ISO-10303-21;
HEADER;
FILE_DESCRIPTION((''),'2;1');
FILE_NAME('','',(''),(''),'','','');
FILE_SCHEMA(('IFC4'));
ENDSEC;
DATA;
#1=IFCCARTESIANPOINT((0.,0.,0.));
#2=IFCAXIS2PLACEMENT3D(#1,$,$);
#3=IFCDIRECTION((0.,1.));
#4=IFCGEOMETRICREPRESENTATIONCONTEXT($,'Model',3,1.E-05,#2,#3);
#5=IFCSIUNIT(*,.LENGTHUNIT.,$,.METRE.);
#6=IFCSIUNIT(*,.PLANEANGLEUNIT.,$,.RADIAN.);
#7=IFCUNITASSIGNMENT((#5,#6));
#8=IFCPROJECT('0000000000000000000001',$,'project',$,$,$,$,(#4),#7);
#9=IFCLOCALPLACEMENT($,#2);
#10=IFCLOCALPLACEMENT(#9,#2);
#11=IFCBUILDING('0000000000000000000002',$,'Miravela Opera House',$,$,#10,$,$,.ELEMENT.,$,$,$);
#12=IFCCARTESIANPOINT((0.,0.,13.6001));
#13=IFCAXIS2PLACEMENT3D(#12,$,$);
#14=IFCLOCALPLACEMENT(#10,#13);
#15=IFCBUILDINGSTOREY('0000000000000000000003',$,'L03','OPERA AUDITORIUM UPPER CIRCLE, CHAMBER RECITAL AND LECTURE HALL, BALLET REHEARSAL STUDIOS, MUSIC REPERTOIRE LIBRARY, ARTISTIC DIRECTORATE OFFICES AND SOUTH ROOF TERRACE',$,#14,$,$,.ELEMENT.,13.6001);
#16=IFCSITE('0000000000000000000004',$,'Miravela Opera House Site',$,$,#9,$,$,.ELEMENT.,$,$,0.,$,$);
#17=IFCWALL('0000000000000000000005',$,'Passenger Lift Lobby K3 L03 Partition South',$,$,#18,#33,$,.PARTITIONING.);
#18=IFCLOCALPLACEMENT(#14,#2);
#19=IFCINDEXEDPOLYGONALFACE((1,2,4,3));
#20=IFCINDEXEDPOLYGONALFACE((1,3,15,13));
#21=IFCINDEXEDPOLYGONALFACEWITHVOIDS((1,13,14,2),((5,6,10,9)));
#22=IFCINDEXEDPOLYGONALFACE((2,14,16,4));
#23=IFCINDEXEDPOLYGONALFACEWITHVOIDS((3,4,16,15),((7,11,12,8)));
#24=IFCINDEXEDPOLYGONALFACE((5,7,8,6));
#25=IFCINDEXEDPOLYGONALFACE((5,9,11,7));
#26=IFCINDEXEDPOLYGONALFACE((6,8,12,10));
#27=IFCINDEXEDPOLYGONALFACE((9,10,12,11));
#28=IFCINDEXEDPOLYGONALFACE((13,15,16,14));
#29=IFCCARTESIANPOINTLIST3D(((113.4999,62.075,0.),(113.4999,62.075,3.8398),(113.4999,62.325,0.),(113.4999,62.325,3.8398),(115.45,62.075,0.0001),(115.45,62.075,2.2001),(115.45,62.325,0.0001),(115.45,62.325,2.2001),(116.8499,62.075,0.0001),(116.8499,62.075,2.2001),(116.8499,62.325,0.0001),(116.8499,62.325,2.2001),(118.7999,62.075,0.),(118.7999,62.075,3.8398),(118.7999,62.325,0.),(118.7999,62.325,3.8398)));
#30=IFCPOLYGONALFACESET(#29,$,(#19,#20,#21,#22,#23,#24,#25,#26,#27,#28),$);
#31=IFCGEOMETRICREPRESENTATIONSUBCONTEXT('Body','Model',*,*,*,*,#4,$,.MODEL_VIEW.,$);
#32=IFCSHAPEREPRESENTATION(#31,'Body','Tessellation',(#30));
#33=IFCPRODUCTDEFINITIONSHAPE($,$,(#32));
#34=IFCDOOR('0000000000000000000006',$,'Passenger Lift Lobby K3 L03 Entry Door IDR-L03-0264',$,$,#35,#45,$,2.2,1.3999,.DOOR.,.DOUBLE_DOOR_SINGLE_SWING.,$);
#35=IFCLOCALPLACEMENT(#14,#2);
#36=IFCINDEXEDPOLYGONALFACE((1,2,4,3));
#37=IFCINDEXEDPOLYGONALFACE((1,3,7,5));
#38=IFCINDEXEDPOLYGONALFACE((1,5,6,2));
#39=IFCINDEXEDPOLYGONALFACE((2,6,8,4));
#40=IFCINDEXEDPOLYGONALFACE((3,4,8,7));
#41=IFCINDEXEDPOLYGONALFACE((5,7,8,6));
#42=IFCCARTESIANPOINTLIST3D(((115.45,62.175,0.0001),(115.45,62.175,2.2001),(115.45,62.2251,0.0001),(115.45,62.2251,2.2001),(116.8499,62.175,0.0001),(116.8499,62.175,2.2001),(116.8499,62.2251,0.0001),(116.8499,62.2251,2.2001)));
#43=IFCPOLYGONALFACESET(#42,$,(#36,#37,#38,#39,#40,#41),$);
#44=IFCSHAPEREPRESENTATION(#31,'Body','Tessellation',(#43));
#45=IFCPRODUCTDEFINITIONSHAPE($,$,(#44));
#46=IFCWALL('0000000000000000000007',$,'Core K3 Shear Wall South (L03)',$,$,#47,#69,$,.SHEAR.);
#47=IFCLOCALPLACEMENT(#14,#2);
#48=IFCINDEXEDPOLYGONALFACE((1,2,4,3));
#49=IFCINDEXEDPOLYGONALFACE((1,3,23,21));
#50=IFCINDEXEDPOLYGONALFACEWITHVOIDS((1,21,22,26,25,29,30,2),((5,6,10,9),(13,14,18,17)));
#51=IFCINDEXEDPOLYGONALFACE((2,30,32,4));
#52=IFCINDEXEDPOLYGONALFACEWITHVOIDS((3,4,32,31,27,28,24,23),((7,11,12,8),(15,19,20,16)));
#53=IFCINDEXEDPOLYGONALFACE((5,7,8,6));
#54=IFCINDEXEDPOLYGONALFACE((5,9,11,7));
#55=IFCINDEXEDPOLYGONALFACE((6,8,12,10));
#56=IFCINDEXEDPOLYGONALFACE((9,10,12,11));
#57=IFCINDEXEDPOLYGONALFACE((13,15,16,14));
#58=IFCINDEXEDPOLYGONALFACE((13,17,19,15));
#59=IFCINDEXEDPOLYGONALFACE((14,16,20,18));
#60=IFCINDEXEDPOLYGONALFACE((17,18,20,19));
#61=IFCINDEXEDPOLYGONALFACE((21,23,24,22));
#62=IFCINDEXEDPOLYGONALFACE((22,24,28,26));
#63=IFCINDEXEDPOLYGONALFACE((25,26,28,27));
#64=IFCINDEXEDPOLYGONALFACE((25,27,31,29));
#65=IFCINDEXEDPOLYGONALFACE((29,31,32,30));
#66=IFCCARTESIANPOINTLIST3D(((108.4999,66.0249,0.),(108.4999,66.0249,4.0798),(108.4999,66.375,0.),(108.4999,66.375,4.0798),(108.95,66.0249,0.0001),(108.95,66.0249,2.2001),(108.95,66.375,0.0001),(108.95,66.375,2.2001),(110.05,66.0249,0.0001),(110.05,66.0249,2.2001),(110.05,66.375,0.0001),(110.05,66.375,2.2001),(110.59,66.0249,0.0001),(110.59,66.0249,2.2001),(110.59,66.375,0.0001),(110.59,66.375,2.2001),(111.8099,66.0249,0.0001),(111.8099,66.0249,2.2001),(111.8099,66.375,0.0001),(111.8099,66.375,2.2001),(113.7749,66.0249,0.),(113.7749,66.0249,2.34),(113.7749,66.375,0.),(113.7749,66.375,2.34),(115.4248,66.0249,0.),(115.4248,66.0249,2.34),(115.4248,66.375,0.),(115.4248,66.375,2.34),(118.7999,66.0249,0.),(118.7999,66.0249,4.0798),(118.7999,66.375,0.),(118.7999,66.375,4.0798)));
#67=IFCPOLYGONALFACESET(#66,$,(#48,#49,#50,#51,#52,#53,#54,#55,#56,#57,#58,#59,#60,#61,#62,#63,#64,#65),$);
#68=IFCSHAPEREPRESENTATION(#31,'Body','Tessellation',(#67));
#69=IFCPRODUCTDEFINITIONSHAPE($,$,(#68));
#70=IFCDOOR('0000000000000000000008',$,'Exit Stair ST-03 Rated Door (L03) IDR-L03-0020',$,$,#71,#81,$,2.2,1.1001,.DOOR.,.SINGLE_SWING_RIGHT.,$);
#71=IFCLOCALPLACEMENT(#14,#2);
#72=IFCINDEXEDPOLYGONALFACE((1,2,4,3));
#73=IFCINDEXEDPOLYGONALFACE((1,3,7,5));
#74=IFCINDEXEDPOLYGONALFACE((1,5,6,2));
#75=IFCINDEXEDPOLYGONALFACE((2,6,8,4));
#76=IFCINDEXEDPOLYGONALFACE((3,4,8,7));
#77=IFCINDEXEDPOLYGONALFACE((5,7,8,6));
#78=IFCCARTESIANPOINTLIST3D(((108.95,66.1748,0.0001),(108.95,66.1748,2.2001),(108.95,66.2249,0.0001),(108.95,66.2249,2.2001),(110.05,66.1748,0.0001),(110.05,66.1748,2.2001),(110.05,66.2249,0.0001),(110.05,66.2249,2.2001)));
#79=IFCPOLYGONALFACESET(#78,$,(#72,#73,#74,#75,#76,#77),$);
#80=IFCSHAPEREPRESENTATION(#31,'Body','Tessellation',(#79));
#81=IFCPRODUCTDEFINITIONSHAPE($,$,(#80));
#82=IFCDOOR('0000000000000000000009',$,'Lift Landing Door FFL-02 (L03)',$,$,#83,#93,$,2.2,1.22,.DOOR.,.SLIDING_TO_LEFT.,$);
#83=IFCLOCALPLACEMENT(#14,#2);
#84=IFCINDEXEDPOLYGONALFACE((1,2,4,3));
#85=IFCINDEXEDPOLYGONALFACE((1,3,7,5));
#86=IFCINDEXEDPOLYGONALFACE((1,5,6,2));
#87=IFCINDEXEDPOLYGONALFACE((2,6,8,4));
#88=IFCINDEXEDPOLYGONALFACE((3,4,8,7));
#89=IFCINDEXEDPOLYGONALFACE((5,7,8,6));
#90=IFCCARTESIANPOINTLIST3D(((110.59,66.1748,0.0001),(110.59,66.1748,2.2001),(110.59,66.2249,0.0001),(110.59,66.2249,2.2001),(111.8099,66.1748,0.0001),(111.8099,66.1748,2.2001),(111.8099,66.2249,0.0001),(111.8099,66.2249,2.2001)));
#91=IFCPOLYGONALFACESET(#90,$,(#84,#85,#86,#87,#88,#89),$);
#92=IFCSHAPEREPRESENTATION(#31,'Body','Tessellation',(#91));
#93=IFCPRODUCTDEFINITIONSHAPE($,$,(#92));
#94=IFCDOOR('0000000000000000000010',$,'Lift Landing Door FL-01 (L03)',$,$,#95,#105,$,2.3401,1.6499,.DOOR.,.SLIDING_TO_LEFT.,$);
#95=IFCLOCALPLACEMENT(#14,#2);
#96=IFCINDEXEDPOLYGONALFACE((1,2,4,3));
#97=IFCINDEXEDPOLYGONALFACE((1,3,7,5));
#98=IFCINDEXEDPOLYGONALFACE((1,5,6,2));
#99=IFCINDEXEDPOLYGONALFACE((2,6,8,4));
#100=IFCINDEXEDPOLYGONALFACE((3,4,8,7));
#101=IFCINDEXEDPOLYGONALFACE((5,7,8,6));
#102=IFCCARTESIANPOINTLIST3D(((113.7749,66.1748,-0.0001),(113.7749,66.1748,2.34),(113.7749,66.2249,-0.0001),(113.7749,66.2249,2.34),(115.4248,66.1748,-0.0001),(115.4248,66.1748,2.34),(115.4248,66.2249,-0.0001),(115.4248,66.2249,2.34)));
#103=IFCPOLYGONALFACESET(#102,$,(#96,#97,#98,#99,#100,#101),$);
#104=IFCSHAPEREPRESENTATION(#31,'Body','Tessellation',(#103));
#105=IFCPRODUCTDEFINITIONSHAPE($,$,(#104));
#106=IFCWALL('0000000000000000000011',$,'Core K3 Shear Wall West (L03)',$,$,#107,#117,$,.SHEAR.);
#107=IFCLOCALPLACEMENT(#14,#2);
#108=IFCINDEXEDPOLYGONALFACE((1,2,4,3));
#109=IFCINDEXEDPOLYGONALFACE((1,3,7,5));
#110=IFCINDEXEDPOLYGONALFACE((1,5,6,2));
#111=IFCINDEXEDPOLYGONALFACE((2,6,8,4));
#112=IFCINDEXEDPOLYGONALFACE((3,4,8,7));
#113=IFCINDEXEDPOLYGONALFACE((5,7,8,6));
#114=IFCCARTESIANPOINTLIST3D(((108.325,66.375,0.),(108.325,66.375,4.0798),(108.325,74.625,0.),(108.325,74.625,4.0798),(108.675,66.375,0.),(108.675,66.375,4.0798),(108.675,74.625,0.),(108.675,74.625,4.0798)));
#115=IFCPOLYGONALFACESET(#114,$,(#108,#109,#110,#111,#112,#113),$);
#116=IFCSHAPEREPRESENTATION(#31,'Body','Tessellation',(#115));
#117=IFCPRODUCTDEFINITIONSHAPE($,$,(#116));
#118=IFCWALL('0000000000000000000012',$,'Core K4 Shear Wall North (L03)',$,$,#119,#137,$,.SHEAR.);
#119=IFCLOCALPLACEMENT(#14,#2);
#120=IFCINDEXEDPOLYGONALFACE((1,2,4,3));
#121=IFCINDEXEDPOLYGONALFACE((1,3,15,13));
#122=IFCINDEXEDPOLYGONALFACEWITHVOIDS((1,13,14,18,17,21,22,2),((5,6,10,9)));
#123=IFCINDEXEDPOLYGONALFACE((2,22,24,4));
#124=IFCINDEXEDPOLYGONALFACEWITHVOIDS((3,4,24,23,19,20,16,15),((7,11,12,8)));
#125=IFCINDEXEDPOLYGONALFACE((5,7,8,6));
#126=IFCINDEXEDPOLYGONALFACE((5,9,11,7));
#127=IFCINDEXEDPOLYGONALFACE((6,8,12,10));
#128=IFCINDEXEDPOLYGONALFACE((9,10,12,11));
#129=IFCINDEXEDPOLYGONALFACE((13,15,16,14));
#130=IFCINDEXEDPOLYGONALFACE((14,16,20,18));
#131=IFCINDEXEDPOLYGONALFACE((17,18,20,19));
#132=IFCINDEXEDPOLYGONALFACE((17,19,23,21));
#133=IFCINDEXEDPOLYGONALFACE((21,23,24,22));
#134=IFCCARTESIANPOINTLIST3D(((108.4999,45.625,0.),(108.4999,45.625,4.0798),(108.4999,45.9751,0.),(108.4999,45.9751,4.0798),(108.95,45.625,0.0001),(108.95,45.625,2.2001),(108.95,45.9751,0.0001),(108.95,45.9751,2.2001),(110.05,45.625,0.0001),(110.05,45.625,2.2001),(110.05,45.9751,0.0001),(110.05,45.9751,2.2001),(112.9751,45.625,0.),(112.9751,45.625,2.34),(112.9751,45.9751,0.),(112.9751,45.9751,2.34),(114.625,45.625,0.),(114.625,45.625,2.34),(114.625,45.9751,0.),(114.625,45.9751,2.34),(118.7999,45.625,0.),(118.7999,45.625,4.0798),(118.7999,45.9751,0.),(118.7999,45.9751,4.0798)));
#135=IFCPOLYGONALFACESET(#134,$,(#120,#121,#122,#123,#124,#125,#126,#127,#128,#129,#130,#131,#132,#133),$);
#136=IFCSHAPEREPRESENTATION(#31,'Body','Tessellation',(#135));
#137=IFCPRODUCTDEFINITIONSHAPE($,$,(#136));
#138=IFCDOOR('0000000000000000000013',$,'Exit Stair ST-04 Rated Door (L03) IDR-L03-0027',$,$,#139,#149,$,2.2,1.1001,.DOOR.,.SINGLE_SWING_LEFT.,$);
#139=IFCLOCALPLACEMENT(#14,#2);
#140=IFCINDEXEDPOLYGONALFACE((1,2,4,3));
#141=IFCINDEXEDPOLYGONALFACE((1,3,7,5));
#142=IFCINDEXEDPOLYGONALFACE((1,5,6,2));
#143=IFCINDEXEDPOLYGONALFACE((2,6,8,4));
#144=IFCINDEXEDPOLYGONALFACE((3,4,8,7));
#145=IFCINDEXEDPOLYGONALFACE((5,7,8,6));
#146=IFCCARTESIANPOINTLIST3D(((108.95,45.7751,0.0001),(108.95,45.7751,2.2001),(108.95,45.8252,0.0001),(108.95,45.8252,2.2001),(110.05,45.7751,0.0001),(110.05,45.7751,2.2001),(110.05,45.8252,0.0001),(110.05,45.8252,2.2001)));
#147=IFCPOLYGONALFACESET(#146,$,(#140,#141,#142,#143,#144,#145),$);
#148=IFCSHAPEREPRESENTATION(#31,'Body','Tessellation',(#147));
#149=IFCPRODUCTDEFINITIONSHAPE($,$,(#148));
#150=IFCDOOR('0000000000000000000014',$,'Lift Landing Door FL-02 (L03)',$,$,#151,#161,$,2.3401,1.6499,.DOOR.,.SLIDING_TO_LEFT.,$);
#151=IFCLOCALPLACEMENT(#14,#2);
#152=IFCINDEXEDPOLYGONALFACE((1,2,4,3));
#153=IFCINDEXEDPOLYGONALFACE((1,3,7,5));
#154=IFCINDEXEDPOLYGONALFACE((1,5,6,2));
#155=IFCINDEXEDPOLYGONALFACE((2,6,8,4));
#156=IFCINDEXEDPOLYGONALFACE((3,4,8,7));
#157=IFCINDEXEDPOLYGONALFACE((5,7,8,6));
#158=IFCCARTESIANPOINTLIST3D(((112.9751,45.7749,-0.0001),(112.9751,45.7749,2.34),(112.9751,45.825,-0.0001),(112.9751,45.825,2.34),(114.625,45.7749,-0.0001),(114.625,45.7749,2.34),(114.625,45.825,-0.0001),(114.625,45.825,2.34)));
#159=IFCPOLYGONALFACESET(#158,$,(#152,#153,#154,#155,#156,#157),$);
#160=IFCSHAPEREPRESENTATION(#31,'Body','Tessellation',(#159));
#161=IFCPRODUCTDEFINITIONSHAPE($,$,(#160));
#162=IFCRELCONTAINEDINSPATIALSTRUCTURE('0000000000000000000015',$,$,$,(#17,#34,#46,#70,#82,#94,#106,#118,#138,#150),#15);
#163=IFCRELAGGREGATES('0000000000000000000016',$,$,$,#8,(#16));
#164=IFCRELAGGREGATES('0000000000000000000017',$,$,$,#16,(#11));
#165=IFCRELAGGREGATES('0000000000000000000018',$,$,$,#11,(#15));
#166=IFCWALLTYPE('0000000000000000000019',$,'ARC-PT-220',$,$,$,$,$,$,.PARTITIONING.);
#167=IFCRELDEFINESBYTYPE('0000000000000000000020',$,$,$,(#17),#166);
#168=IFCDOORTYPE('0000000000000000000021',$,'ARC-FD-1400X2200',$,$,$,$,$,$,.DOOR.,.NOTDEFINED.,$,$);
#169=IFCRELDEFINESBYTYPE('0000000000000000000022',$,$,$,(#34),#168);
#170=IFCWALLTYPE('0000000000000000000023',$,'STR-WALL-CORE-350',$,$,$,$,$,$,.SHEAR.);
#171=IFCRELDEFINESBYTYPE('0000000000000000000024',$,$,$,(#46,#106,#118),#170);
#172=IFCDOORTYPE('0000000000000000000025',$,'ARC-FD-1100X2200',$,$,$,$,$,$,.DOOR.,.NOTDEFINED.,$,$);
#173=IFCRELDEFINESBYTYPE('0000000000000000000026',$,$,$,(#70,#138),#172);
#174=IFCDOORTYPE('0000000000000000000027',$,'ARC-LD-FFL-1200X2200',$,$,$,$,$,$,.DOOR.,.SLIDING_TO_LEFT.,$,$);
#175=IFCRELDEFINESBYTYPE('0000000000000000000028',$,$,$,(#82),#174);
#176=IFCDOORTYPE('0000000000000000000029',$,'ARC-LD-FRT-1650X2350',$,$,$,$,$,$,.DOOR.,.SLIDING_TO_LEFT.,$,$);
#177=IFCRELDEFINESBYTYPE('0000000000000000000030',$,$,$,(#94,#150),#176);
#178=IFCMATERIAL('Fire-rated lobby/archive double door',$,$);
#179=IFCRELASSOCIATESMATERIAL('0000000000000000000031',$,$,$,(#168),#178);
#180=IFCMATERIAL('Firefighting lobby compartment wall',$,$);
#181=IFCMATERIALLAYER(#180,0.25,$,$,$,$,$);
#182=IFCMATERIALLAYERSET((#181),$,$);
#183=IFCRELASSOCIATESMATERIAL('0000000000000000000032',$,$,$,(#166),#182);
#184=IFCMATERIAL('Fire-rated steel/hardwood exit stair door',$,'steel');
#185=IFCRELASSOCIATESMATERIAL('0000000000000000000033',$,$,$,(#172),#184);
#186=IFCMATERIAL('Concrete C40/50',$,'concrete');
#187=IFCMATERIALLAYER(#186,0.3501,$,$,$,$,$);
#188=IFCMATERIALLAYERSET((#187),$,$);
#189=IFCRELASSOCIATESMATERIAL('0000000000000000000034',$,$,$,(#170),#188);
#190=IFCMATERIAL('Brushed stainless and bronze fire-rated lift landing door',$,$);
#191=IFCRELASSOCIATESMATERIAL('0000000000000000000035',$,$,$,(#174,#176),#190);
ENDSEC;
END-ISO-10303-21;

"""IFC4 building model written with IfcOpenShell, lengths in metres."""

from ifc_helpers import new_model, si_unit, direction, frame, frame_2d, origin, place, context, subcontext, project, spatial, rectangle, extrude, material, layer, layer_set, type_object, element, fill, save


model = new_model("IFC4")

# Units and contexts
model_context = context("Model", 3, precision=1e-05, world=origin(), true_north=direction((0.0, 1.0)))
body_context = subcontext(model_context, "Body", "Model", "MODEL_VIEW")
ifc_project = project(units=[si_unit("LENGTHUNIT", "METRE"), si_unit("PLANEANGLEUNIT", "RADIAN")], contexts=[model_context])

# Site, building, storey
site_placement = place(None, origin())
site = spatial("IfcSite", under=ifc_project, at=site_placement, Name="Miravela Opera House Site", CompositionType="ELEMENT", RefElevation=0.0)
building_placement = place(site_placement, origin())
building = spatial("IfcBuilding", under=site, at=building_placement, Name="Miravela Opera House", CompositionType="ELEMENT")
storey_placement = place(building_placement, frame((0.0, 0.0, 13.6001)))
storey = spatial("IfcBuildingStorey", under=building, at=storey_placement, Name="L03", Description="OPERA AUDITORIUM UPPER CIRCLE, CHAMBER RECITAL AND LECTURE HALL, BALLET REHEARSAL STUDIOS, MUSIC REPERTOIRE LIBRARY, ARTISTIC DIRECTORATE OFFICES AND SOUTH ROOF TERRACE", CompositionType="ELEMENT", Elevation=13.6001)

# Shared definitions
ifc_material_1 = material(Name="Concrete C40/50", Category="concrete")

# Shared definitions
ifc_material_2 = material(Name="Fire-rated lobby/archive double door")
door_type_1 = type_object("IfcDoorType", Name="ARC-FD-1400X2200", OperationType="NOTDEFINED", PredefinedType="DOOR", material=ifc_material_2)

# Shared definitions
ifc_material_3 = material(Name="Firefighting lobby compartment wall")
ifc_layer_1 = layer(ifc_material_3, 0.25)
ifc_layer_set_1 = layer_set([ifc_layer_1])
wall_type_1 = type_object("IfcWallType", Name="ARC-PT-220", PredefinedType="PARTITIONING", material=ifc_layer_set_1)
ifc_material_4 = material(Name="Fire-rated steel/hardwood exit stair door", Category="steel")
door_type_2 = type_object("IfcDoorType", Name="ARC-FD-1100X2200", OperationType="NOTDEFINED", PredefinedType="DOOR", material=ifc_material_4)

# Wall, opening, door
wall_1_placement = place(storey_placement, frame((113.5, 62.2, 0.0), z_axis=(0.0, 0.0, 1.0), x_axis=(1.0, 0.0, 0.0)))
wall_1 = element("IfcWall", 1, at=wall_1_placement, inside=storey, type_object=wall_type_1, Name="Passenger Lift Lobby K3 L03 Partition South", PredefinedType="PARTITIONING", context=body_context, shape_type="SweptSolid", body=[
    extrude(rectangle(XDim=5.3, YDim=0.25, at=frame_2d((2.6499, 0.0))), origin(), (0.0, 0.0, 1.0), 3.8398),
])
opening_1_placement = place(wall_1_placement, frame((1.95, 0.0, 0.0)))
opening_1 = element("IfcOpeningElement", 2, at=opening_1_placement, cuts=wall_1, PredefinedType="OPENING", context=body_context, shape_type="SweptSolid", body=[
    extrude(rectangle(XDim=1.3999, YDim=2.2, at=frame_2d((0.7, 1.1001))), frame((0.0, 0.135, 0.0), z_axis=(0.0, -1.0, 0.0), x_axis=(1.0, 0.0, 0.0)), (0.0, 0.0, 1.0), 0.27),
])
door_1_placement = place(opening_1_placement, frame((1.3999, 0.0, 0.0), z_axis=(0.0, 0.0, 1.0), x_axis=(-1.0, 0.0, 0.0)))
door_1 = element("IfcDoor", 3, at=door_1_placement, inside=storey, type_object=door_type_1, Name="Passenger Lift Lobby K3 L03 Entry Door IDR-L03-0264", OperationType="DOUBLE_DOOR_SINGLE_SWING", OverallHeight=2.2, OverallWidth=1.3999, PredefinedType="DOOR", context=body_context, shape_type="SweptSolid", body=[
    extrude(rectangle(XDim=1.3999, YDim=2.2, at=frame_2d((0.7, 1.1001))), frame((0.0, 0.0249, 0.0), z_axis=(0.0, -1.0, 0.0), x_axis=(1.0, 0.0, 0.0)), (0.0, 0.0, 1.0), 0.05),
])
fill(opening_1, door_1)

# Wall, openings, doors
ifc_layer_2 = layer(ifc_material_1, 0.3501)
ifc_layer_set_2 = layer_set([ifc_layer_2])
wall_type_2 = type_object("IfcWallType", Name="STR-WALL-CORE-350", PredefinedType="SHEAR", material=ifc_layer_set_2)
wall_2_placement = place(storey_placement, frame((108.5, 66.2, 0.0), z_axis=(0.0, 0.0, 1.0), x_axis=(1.0, 0.0, 0.0)))
wall_2 = element("IfcWall", 4, at=wall_2_placement, inside=storey, type_object=wall_type_2, Name="Core K3 Shear Wall South (L03)", PredefinedType="SHEAR", context=body_context, shape_type="SweptSolid", body=[
    extrude(rectangle(XDim=10.3, YDim=0.3501, at=frame_2d((5.1499, 0.0))), origin(), (0.0, 0.0, 1.0), 4.0798),
])
opening_2_placement = place(wall_2_placement, frame((0.45, 0.0, 0.0)))
opening_2 = element("IfcOpeningElement", 5, at=opening_2_placement, cuts=wall_2, PredefinedType="OPENING", context=body_context, shape_type="SweptSolid", body=[
    extrude(rectangle(XDim=1.1001, YDim=2.2, at=frame_2d((0.55, 1.1001))), frame((0.0, 0.1851, 0.0), z_axis=(0.0, -1.0, 0.0), x_axis=(1.0, 0.0, 0.0)), (0.0, 0.0, 1.0), 0.3701),
])
opening_3_placement = place(wall_2_placement, frame((2.0901, 0.0, 0.0)))
opening_3 = element("IfcOpeningElement", 6, at=opening_3_placement, cuts=wall_2, PredefinedType="OPENING", context=body_context, shape_type="SweptSolid", body=[
    extrude(rectangle(XDim=1.22, YDim=2.2, at=frame_2d((0.6099, 1.1001))), frame((0.0, 0.1851, 0.0), z_axis=(0.0, -1.0, 0.0), x_axis=(1.0, 0.0, 0.0)), (0.0, 0.0, 1.0), 0.3701),
])
opening_4_placement = place(wall_2_placement, frame((5.2749, 0.0, 0.0)))
opening_4 = element("IfcOpeningElement", 7, at=opening_4_placement, cuts=wall_2, PredefinedType="OPENING", context=body_context, shape_type="SweptSolid", body=[
    extrude(rectangle(XDim=1.6499, YDim=2.3401, at=frame_2d((0.825, 1.1699))), frame((0.0, 0.1851, 0.0), z_axis=(0.0, -1.0, 0.0), x_axis=(1.0, 0.0, 0.0)), (0.0, 0.0, 1.0), 0.3701),
])
door_2_placement = place(opening_2_placement, origin())
door_2 = element("IfcDoor", 8, at=door_2_placement, inside=storey, type_object=door_type_2, Name="Exit Stair ST-03 Rated Door (L03) IDR-L03-0020", OperationType="SINGLE_SWING_RIGHT", OverallHeight=2.2, OverallWidth=1.1001, PredefinedType="DOOR", context=body_context, shape_type="SweptSolid", body=[
    extrude(rectangle(XDim=1.1001, YDim=2.2, at=frame_2d((0.55, 1.1001))), frame((0.0, 0.0249, 0.0), z_axis=(0.0, -1.0, 0.0), x_axis=(1.0, 0.0, 0.0)), (0.0, 0.0, 1.0), 0.05),
])
fill(opening_2, door_2)
ifc_material_5 = material(Name="Brushed stainless and bronze fire-rated lift landing door")
door_type_3 = type_object("IfcDoorType", Name="ARC-LD-FFL-1200X2200", OperationType="SLIDING_TO_LEFT", PredefinedType="DOOR", material=ifc_material_5)
door_3_placement = place(opening_3_placement, origin())
door_3 = element("IfcDoor", 9, at=door_3_placement, inside=storey, type_object=door_type_3, Name="Lift Landing Door FFL-02 (L03)", OperationType="SLIDING_TO_LEFT", OverallHeight=2.2, OverallWidth=1.22, PredefinedType="DOOR", context=body_context, shape_type="SweptSolid", body=[
    extrude(rectangle(XDim=1.22, YDim=2.2, at=frame_2d((0.6099, 1.1001))), frame((0.0, 0.0249, 0.0), z_axis=(0.0, -1.0, 0.0), x_axis=(1.0, 0.0, 0.0)), (0.0, 0.0, 1.0), 0.05),
])
fill(opening_3, door_3)
door_type_4 = type_object("IfcDoorType", Name="ARC-LD-FRT-1650X2350", OperationType="SLIDING_TO_LEFT", PredefinedType="DOOR", material=ifc_material_5)
door_4_placement = place(opening_4_placement, origin())
door_4 = element("IfcDoor", 10, at=door_4_placement, inside=storey, type_object=door_type_4, Name="Lift Landing Door FL-01 (L03)", OperationType="SLIDING_TO_LEFT", OverallHeight=2.3401, OverallWidth=1.6499, PredefinedType="DOOR", context=body_context, shape_type="SweptSolid", body=[
    extrude(rectangle(XDim=1.6499, YDim=2.3401, at=frame_2d((0.825, 1.1699))), frame((0.0, 0.0249, 0.0), z_axis=(0.0, -1.0, 0.0), x_axis=(1.0, 0.0, 0.0)), (0.0, 0.0, 1.0), 0.05),
])
fill(opening_4, door_4)

# Wall
wall_3_placement = place(storey_placement, frame((108.5, 66.375, 0.0), z_axis=(0.0, 0.0, 1.0), x_axis=(0.0, 1.0, 0.0)))
element("IfcWall", 11, at=wall_3_placement, inside=storey, type_object=wall_type_2, Name="Core K3 Shear Wall West (L03)", PredefinedType="SHEAR", context=body_context, shape_type="SweptSolid", body=[
    extrude(rectangle(XDim=8.25, YDim=0.3501, at=frame_2d((4.125, 0.0))), origin(), (0.0, 0.0, 1.0), 4.0798),
])

# Wall, openings, doors
wall_4_placement = place(storey_placement, frame((108.5, 45.8, 0.0), z_axis=(0.0, 0.0, 1.0), x_axis=(1.0, 0.0, 0.0)))
wall_4 = element("IfcWall", 12, at=wall_4_placement, inside=storey, type_object=wall_type_2, Name="Core K4 Shear Wall North (L03)", PredefinedType="SHEAR", context=body_context, shape_type="SweptSolid", body=[
    extrude(rectangle(XDim=10.3, YDim=0.3501, at=frame_2d((5.1499, 0.0))), origin(), (0.0, 0.0, 1.0), 4.0798),
])
opening_5_placement = place(wall_4_placement, frame((0.45, 0.0, 0.0)))
opening_5 = element("IfcOpeningElement", 13, at=opening_5_placement, cuts=wall_4, PredefinedType="OPENING", context=body_context, shape_type="SweptSolid", body=[
    extrude(rectangle(XDim=1.1001, YDim=2.2, at=frame_2d((0.55, 1.1001))), frame((0.0, 0.1851, 0.0), z_axis=(0.0, -1.0, 0.0), x_axis=(1.0, 0.0, 0.0)), (0.0, 0.0, 1.0), 0.3701),
])
opening_6_placement = place(wall_4_placement, frame((4.4751, 0.0, 0.0)))
opening_6 = element("IfcOpeningElement", 14, at=opening_6_placement, cuts=wall_4, PredefinedType="OPENING", context=body_context, shape_type="SweptSolid", body=[
    extrude(rectangle(XDim=1.6499, YDim=2.3401, at=frame_2d((0.825, 1.1699))), frame((0.0, 0.1851, 0.0), z_axis=(0.0, -1.0, 0.0), x_axis=(1.0, 0.0, 0.0)), (0.0, 0.0, 1.0), 0.3701),
])
door_5_placement = place(opening_5_placement, frame((1.1001, 0.0, 0.0), z_axis=(0.0, 0.0, 1.0), x_axis=(-1.0, 0.0, 0.0)))
door_5 = element("IfcDoor", 15, at=door_5_placement, inside=storey, type_object=door_type_2, Name="Exit Stair ST-04 Rated Door (L03) IDR-L03-0027", OperationType="SINGLE_SWING_LEFT", OverallHeight=2.2, OverallWidth=1.1001, PredefinedType="DOOR", context=body_context, shape_type="SweptSolid", body=[
    extrude(rectangle(XDim=1.1001, YDim=2.2, at=frame_2d((0.55, 1.1001))), frame((0.0, 0.0249, 0.0), z_axis=(0.0, -1.0, 0.0), x_axis=(1.0, 0.0, 0.0)), (0.0, 0.0, 1.0), 0.05),
])
fill(opening_5, door_5)
door_6_placement = place(opening_6_placement, origin())
door_6 = element("IfcDoor", 16, at=door_6_placement, inside=storey, type_object=door_type_4, Name="Lift Landing Door FL-02 (L03)", OperationType="SLIDING_TO_LEFT", OverallHeight=2.3401, OverallWidth=1.6499, PredefinedType="DOOR", context=body_context, shape_type="SweptSolid", body=[
    extrude(rectangle(XDim=1.6499, YDim=2.3401, at=frame_2d((0.825, 1.1699))), frame((0.0, 0.0249, 0.0), z_axis=(0.0, -1.0, 0.0), x_axis=(1.0, 0.0, 0.0)), (0.0, 0.0, 1.0), 0.05),
])
fill(opening_6, door_6)

save(model, "model.ifc")
